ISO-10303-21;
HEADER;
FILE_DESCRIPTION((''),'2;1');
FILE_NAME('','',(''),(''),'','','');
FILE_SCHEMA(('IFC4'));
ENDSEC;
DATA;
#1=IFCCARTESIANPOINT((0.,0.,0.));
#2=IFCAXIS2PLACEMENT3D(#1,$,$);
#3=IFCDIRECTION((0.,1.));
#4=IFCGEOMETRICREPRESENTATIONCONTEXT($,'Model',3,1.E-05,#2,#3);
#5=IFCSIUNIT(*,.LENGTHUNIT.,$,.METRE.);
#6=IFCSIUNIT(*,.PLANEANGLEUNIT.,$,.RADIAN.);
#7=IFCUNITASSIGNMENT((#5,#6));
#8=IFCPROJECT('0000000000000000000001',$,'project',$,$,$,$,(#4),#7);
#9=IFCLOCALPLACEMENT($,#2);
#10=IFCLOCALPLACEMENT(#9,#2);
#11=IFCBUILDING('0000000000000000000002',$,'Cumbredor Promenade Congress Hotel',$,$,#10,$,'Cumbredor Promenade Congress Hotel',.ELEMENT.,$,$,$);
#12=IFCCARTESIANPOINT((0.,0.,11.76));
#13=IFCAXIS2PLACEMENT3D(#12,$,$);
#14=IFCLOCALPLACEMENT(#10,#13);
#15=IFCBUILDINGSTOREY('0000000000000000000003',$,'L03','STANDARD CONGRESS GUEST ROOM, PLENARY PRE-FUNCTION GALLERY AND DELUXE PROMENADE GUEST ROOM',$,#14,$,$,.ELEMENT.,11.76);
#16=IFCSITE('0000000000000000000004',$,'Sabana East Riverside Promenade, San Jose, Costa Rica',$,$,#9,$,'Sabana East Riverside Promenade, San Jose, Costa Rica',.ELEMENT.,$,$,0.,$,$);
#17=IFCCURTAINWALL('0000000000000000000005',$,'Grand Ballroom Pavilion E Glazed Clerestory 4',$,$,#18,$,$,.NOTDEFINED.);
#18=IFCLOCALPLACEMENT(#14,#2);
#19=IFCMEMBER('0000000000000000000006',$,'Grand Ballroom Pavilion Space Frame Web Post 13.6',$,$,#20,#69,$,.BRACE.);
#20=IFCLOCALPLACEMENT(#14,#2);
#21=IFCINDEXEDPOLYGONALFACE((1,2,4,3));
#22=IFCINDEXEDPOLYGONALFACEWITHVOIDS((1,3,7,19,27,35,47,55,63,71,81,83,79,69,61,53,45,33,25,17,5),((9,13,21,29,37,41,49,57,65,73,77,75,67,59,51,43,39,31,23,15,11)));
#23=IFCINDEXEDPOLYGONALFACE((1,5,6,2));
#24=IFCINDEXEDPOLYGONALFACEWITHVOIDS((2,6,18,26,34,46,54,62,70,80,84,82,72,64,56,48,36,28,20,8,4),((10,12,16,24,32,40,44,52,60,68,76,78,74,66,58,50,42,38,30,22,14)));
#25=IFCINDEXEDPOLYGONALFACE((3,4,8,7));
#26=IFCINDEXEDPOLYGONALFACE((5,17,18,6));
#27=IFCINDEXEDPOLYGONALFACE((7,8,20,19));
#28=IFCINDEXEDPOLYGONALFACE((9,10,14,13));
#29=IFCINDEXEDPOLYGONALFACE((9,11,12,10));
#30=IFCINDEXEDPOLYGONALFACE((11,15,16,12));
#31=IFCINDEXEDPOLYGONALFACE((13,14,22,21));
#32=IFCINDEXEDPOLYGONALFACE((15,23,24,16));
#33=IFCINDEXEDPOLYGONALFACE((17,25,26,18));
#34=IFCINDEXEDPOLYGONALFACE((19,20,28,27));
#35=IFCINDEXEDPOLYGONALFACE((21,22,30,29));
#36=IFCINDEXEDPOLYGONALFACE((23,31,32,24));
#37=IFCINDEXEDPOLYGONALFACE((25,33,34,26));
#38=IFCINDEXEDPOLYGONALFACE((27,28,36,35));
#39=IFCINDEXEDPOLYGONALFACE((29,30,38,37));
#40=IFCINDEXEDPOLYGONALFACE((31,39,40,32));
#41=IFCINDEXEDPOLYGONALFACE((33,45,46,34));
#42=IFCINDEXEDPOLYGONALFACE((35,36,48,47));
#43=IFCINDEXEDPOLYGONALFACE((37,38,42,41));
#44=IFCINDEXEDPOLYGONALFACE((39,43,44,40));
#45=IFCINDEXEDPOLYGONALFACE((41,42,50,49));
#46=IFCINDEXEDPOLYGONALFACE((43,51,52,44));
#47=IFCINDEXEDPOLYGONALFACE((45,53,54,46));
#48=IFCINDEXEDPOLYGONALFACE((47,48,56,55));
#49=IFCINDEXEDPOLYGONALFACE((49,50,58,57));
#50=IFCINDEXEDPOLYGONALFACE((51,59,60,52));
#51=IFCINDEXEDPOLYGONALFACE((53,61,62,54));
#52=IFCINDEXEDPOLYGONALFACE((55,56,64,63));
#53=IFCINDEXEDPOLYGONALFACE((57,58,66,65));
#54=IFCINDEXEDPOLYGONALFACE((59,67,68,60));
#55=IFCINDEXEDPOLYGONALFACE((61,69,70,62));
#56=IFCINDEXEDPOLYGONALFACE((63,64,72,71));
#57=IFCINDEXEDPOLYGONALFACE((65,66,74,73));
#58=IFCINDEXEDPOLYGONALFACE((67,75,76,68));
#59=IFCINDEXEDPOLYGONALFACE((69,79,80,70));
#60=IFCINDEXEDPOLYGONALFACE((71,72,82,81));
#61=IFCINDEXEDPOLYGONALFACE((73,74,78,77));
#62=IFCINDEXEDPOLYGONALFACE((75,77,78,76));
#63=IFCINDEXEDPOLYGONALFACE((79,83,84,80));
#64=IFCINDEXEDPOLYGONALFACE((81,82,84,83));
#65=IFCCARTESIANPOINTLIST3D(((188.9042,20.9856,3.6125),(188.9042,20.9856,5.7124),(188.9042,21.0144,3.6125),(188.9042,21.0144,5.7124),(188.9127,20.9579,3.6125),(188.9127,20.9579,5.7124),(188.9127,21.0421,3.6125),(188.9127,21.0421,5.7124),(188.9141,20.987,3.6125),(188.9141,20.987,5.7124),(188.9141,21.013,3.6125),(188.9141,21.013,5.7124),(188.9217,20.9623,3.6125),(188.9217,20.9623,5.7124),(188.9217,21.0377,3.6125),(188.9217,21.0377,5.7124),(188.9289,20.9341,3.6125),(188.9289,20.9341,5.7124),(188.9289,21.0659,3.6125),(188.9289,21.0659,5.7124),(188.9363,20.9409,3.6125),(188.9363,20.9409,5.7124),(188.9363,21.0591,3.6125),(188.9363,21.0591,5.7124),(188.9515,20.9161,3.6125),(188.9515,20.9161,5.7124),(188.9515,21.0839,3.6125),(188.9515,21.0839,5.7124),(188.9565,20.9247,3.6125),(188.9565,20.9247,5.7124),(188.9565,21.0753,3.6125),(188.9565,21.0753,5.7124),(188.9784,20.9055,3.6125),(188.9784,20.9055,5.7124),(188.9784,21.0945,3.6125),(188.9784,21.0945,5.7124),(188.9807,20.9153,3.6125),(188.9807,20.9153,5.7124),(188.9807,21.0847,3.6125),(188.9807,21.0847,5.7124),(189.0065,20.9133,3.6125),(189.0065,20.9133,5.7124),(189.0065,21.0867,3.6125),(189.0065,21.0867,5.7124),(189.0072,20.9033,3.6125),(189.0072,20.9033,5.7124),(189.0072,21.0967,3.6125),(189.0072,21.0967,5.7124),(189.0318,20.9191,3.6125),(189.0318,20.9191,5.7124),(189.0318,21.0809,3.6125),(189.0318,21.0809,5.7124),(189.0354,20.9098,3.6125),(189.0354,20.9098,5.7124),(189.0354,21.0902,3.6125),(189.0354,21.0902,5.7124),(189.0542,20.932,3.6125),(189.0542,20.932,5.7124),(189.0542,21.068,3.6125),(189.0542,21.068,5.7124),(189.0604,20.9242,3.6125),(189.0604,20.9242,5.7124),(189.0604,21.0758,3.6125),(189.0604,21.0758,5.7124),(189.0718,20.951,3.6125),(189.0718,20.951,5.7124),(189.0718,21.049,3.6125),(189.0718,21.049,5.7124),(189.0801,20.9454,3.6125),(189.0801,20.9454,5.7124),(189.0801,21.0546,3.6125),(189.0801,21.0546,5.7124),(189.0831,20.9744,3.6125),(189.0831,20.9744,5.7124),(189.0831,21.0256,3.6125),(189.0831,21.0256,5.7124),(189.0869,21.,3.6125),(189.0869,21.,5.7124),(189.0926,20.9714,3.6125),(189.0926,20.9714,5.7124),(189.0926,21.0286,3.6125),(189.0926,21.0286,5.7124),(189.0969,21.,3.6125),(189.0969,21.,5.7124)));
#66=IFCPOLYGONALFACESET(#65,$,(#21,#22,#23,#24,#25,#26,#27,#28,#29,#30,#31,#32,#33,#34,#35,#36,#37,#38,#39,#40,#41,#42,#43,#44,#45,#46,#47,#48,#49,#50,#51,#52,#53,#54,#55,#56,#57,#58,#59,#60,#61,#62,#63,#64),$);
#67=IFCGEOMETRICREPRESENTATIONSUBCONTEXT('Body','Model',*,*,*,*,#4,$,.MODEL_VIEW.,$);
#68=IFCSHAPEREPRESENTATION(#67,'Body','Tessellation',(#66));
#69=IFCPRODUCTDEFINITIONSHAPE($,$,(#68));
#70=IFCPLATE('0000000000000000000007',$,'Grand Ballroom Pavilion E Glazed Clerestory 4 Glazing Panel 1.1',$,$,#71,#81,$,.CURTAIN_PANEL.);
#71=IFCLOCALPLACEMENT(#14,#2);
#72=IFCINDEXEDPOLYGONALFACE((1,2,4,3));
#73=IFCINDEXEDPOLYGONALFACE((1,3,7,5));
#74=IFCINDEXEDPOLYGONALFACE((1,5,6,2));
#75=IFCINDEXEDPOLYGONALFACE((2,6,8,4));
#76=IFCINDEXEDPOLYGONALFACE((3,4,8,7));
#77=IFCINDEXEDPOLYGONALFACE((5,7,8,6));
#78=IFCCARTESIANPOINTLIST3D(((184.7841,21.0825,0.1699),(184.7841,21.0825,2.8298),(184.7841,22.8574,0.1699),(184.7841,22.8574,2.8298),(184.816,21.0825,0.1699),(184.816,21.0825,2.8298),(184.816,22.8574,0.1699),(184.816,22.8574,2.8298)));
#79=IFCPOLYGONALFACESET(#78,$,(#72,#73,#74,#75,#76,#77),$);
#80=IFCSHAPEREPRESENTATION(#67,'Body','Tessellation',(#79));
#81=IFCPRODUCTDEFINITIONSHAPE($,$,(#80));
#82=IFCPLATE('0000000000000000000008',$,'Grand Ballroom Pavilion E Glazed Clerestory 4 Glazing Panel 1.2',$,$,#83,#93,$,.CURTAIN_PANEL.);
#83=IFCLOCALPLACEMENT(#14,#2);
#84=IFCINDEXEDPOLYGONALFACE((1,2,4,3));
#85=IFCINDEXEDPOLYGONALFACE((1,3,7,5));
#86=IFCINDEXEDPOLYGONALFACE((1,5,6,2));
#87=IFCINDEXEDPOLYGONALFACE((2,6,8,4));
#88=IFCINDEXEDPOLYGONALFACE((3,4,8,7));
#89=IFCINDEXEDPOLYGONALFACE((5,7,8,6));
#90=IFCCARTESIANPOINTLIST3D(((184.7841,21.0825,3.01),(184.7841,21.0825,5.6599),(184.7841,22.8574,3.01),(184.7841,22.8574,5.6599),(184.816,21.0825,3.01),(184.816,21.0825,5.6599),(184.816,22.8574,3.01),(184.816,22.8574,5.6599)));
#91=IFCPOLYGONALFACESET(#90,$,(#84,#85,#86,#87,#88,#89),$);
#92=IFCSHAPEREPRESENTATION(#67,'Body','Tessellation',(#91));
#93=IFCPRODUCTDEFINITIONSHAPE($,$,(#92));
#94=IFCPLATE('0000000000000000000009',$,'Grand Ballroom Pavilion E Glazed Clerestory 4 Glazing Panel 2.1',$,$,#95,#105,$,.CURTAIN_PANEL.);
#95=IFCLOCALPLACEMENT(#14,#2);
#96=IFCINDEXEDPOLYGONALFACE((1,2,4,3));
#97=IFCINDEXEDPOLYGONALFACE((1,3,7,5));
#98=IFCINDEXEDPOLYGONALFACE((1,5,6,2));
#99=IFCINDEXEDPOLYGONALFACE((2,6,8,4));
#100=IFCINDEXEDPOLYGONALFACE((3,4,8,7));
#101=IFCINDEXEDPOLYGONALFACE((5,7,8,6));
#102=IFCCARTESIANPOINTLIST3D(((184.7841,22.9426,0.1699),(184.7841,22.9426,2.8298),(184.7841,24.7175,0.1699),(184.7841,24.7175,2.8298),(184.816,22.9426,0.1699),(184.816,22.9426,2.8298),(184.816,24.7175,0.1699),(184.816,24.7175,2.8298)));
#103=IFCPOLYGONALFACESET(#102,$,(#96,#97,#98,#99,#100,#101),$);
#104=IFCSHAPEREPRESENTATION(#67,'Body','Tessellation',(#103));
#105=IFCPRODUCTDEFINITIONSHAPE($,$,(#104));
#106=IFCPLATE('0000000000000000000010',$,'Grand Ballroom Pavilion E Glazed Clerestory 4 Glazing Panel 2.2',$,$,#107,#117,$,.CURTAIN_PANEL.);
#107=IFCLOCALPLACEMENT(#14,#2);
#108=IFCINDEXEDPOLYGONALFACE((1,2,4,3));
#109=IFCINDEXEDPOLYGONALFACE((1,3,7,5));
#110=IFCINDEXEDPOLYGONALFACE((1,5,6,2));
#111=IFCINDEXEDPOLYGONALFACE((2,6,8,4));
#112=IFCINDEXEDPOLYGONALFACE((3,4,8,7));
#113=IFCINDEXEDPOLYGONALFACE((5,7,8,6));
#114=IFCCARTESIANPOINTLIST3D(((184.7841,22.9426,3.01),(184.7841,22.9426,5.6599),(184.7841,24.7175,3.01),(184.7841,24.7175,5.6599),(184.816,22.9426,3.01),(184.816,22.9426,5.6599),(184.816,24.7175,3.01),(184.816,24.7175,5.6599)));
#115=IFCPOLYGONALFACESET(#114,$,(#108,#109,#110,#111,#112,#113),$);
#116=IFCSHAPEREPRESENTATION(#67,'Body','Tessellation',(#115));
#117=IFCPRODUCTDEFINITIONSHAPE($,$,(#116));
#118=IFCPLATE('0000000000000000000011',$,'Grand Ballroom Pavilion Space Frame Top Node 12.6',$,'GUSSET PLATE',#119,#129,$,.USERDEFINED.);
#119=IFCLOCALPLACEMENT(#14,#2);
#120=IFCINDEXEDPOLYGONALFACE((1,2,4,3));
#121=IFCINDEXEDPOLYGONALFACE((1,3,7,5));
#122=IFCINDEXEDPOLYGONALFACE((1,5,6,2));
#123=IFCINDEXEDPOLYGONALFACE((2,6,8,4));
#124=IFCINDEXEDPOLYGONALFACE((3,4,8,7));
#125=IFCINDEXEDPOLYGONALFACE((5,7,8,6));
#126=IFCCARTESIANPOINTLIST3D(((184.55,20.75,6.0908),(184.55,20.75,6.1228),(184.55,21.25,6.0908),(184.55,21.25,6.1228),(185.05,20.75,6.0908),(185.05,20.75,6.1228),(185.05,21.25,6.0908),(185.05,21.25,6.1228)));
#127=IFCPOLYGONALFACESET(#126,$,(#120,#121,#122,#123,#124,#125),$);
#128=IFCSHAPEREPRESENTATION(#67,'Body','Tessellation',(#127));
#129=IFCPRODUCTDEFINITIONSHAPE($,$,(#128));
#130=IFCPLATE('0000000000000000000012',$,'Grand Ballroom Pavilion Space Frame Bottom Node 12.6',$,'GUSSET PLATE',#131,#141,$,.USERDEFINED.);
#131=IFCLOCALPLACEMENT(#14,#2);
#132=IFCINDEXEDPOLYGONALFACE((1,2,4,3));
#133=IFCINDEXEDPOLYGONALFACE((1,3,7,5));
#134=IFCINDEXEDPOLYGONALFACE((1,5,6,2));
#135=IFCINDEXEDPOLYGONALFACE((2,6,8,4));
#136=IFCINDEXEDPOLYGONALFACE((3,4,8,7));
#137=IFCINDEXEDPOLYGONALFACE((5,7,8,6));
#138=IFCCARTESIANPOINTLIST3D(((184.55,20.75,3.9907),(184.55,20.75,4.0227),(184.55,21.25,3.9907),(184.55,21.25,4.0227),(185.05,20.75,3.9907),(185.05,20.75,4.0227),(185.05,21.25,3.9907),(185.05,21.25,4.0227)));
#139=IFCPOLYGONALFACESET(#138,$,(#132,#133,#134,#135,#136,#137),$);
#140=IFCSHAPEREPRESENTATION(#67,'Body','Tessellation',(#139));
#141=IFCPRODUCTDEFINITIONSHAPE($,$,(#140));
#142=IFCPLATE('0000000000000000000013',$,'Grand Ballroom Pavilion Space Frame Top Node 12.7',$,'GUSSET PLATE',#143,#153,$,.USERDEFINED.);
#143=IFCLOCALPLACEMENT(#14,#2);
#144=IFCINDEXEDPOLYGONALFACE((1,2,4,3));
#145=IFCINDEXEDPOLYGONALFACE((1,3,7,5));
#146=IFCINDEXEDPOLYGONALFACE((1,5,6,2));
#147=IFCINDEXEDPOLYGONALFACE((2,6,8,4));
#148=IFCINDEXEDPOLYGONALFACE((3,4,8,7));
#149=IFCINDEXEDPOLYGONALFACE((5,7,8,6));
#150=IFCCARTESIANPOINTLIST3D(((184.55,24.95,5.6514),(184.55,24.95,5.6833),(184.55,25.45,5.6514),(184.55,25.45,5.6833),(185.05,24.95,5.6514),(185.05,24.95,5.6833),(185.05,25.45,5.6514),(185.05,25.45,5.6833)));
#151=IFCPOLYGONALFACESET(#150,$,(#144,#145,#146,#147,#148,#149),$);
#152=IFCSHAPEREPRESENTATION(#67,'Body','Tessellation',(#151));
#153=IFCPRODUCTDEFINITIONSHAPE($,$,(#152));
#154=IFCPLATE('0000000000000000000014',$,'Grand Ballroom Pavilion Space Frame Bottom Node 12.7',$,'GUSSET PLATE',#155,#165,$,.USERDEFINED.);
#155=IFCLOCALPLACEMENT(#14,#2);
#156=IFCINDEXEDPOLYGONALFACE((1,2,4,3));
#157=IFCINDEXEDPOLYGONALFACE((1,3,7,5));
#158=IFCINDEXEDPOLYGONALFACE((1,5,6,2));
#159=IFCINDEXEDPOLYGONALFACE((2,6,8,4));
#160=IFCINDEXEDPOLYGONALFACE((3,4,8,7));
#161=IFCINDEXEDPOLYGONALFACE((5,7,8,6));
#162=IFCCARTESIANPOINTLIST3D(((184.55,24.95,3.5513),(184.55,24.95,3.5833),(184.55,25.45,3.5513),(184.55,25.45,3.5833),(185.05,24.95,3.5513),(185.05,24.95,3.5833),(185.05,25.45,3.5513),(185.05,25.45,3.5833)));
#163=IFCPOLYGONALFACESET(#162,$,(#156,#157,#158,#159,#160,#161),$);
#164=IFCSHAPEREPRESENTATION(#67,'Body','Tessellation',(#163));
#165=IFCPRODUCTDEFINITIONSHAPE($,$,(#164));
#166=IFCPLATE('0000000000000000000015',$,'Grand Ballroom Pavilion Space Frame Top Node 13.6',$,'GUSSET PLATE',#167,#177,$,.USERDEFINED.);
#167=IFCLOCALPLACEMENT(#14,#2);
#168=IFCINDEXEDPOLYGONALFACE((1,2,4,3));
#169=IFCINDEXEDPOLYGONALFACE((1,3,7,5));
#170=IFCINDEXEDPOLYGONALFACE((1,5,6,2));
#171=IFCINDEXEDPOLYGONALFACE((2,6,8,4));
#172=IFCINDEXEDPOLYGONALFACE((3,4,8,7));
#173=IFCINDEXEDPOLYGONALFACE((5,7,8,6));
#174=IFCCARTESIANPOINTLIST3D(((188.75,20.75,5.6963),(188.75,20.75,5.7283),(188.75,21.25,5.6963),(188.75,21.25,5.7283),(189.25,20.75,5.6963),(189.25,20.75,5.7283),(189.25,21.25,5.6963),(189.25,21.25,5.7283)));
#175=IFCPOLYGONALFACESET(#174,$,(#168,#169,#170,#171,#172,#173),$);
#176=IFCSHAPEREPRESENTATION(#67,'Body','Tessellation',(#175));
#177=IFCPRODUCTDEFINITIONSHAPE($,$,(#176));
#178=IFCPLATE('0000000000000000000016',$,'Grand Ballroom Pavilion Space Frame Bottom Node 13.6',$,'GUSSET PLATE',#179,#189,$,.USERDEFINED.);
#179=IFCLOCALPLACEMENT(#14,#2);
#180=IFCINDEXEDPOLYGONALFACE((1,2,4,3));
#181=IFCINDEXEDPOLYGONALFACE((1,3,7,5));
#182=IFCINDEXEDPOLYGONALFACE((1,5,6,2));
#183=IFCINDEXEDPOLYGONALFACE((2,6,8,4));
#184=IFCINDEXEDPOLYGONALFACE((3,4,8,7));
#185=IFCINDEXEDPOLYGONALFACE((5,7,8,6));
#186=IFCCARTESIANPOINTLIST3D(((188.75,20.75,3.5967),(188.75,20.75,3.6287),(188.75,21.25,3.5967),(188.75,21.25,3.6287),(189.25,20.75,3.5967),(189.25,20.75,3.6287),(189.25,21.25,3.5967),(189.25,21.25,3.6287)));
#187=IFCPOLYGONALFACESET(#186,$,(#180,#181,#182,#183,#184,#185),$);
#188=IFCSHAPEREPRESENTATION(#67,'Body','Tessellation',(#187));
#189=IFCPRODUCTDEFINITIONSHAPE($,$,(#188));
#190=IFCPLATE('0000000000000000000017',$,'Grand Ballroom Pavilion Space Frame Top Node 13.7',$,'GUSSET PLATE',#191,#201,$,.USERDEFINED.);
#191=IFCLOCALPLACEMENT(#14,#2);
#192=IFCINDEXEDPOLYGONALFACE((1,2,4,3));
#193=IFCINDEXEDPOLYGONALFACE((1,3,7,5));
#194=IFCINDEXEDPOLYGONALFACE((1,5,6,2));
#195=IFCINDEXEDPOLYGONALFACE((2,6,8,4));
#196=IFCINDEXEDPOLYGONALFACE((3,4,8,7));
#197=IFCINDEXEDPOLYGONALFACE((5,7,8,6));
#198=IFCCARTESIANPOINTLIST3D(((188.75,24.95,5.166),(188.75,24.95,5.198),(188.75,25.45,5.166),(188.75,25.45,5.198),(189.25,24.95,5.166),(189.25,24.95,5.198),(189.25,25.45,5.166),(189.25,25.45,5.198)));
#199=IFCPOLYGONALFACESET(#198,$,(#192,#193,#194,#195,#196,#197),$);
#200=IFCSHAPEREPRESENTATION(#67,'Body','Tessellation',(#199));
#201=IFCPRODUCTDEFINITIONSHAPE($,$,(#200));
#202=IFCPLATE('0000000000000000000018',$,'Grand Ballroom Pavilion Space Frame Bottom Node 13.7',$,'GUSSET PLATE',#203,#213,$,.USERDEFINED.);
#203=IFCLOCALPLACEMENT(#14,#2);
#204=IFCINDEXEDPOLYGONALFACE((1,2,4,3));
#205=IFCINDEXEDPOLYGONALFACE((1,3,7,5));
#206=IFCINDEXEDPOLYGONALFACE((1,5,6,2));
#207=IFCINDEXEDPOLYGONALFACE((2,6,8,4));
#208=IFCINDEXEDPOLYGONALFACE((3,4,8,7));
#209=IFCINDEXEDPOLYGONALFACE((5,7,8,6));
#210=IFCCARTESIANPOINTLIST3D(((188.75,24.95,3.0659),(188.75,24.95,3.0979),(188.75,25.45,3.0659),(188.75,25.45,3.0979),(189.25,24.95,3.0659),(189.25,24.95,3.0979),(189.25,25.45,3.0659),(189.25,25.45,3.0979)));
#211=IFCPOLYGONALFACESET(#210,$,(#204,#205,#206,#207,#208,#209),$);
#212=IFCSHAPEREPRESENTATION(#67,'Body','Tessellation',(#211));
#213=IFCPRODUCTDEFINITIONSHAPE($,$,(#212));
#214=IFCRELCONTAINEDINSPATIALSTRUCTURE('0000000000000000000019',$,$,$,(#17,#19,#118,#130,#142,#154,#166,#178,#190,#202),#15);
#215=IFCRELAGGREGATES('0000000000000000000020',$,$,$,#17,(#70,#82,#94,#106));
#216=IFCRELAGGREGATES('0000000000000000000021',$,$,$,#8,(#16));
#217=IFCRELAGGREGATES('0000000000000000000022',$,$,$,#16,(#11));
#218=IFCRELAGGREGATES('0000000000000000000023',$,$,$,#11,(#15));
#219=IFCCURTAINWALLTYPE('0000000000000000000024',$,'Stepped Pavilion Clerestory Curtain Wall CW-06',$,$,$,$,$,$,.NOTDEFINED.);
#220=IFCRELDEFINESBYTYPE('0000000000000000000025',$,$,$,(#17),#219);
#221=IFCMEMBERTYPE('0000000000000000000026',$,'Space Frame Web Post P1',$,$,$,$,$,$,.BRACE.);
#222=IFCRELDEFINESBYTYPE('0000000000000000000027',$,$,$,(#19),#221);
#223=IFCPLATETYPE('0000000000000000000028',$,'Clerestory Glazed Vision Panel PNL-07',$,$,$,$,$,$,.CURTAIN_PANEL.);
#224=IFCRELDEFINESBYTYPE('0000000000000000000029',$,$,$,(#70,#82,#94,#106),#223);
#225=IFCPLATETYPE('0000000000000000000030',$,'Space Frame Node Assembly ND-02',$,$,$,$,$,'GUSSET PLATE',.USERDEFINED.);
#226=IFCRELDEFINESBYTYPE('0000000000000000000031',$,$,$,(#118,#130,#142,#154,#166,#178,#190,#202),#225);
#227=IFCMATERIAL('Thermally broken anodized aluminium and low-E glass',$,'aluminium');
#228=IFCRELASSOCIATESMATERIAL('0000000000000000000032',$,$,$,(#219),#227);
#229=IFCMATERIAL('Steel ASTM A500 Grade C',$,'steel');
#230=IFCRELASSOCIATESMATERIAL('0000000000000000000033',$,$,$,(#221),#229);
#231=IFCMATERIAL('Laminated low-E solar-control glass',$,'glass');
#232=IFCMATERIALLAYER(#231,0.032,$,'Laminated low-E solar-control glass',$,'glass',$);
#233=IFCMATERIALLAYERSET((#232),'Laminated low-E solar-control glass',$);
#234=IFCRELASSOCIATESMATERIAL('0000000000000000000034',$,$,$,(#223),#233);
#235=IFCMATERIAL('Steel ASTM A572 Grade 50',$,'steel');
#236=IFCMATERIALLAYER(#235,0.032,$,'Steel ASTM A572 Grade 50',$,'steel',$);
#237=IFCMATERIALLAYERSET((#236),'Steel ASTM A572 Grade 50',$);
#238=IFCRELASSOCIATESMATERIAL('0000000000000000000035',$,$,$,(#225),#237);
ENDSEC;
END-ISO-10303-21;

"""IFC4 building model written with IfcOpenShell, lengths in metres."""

from ifc_helpers import new_model, si_unit, direction, frame, origin, origin_2d, place, context, subcontext, project, spatial, rectangle, hollow_circle, extrude, material, layer, layer_set, material_profile, profile_set, type_object, element, aggregate, save


model = new_model("IFC4")

# Units and contexts
model_context = context("Model", 3, precision=1e-05, world=origin(), true_north=direction((0.0, 1.0)))
body_context = subcontext(model_context, "Body", "Model", "MODEL_VIEW")
ifc_project = project(units=[si_unit("LENGTHUNIT", "METRE"), si_unit("PLANEANGLEUNIT", "RADIAN")], contexts=[model_context])

# Site, building, storey
site_placement = place(None, origin())
site = spatial("IfcSite", under=ifc_project, at=site_placement, Name="Sabana East Riverside Promenade, San Jose, Costa Rica", LongName="Sabana East Riverside Promenade, San Jose, Costa Rica", CompositionType="ELEMENT", RefElevation=0.0)
building_placement = place(site_placement, origin())
building = spatial("IfcBuilding", under=site, at=building_placement, Name="Cumbredor Promenade Congress Hotel", LongName="Cumbredor Promenade Congress Hotel", CompositionType="ELEMENT")
storey_placement = place(building_placement, frame((0.0, 0.0, 11.76)))
storey = spatial("IfcBuildingStorey", under=building, at=storey_placement, Name="L03", Description="STANDARD CONGRESS GUEST ROOM, PLENARY PRE-FUNCTION GALLERY AND DELUXE PROMENADE GUEST ROOM", CompositionType="ELEMENT", Elevation=11.76)

# Shared definitions
ifc_material_1 = material(Name="Steel ASTM A500 Grade C", Category="steel")

# Curtain wall
ifc_material_2 = material(Name="Thermally broken anodized aluminium and low-E glass", Category="aluminium")
curtain_wall_type = type_object("IfcCurtainWallType", Name="Stepped Pavilion Clerestory Curtain Wall CW-06", PredefinedType="NOTDEFINED", material=ifc_material_2)
curtain_wall_placement = place(storey_placement, origin())
curtain_wall = element("IfcCurtainWall", 1, at=curtain_wall_placement, inside=storey, type_object=curtain_wall_type, Name="Grand Ballroom Pavilion E Glazed Clerestory 4", PredefinedType="NOTDEFINED")

# Member
ifc_material_profile_1 = material_profile(ifc_material_1, hollow_circle(Radius=0.0969, WallThickness=0.01, at=origin_2d()), Name="CHS 193.7x10")
ifc_profile_set_1 = profile_set([ifc_material_profile_1], Name="Steel ASTM A500 Grade C")
member_type_1 = type_object("IfcMemberType", Name="Space Frame Web Post P1", PredefinedType="BRACE", material=ifc_profile_set_1)
member_1_placement = place(storey_placement, frame((189.0, 21.0, 3.6125), z_axis=(0.0, 0.0, 1.0), x_axis=(1.0, 0.0, 0.0)))
element("IfcMember", 2, at=member_1_placement, inside=storey, type_object=member_type_1, Name="Grand Ballroom Pavilion Space Frame Web Post 13.6", PredefinedType="BRACE", context=body_context, shape_type="SweptSolid", body=[
    extrude(hollow_circle(Radius=0.0969, WallThickness=0.01, at=origin_2d()), origin(), (0.0, 0.0, 1.0), 2.0999),
])

# Plates
ifc_material_3 = material(Name="Laminated low-E solar-control glass", Category="glass")
ifc_layer_1 = layer(ifc_material_3, 0.032, Name="Laminated low-E solar-control glass", Category="glass")
ifc_layer_set_1 = layer_set([ifc_layer_1], Name="Laminated low-E solar-control glass")
plate_type_1 = type_object("IfcPlateType", Name="Clerestory Glazed Vision Panel PNL-07", PredefinedType="CURTAIN_PANEL", material=ifc_layer_set_1)
plate_1_placement = place(storey_placement, frame((184.8, 21.97, 0.1699), z_axis=(0.0, 0.0, 1.0), x_axis=(0.0, 1.0, 0.0)))
plate_1 = element("IfcPlate", 3, at=plate_1_placement, type_object=plate_type_1, Name="Grand Ballroom Pavilion E Glazed Clerestory 4 Glazing Panel 1.1", PredefinedType="CURTAIN_PANEL", context=body_context, shape_type="SweptSolid", body=[
    extrude(rectangle(XDim=1.7749, YDim=0.032, at=origin_2d()), origin(), (0.0, 0.0, 1.0), 2.6599),
])
plate_2_placement = place(storey_placement, frame((184.8, 21.97, 3.01), z_axis=(0.0, 0.0, 1.0), x_axis=(0.0, 1.0, 0.0)))
plate_2 = element("IfcPlate", 4, at=plate_2_placement, type_object=plate_type_1, Name="Grand Ballroom Pavilion E Glazed Clerestory 4 Glazing Panel 1.2", PredefinedType="CURTAIN_PANEL", context=body_context, shape_type="SweptSolid", body=[
    extrude(rectangle(XDim=1.7749, YDim=0.032, at=origin_2d()), origin(), (0.0, 0.0, 1.0), 2.6499),
])
plate_3_placement = place(storey_placement, frame((184.8, 23.8301, 0.1699), z_axis=(0.0, 0.0, 1.0), x_axis=(0.0, 1.0, 0.0)))
plate_3 = element("IfcPlate", 5, at=plate_3_placement, type_object=plate_type_1, Name="Grand Ballroom Pavilion E Glazed Clerestory 4 Glazing Panel 2.1", PredefinedType="CURTAIN_PANEL", context=body_context, shape_type="SweptSolid", body=[
    extrude(rectangle(XDim=1.7749, YDim=0.032, at=origin_2d()), origin(), (0.0, 0.0, 1.0), 2.6599),
])
plate_4_placement = place(storey_placement, frame((184.8, 23.8301, 3.01), z_axis=(0.0, 0.0, 1.0), x_axis=(0.0, 1.0, 0.0)))
plate_4 = element("IfcPlate", 6, at=plate_4_placement, type_object=plate_type_1, Name="Grand Ballroom Pavilion E Glazed Clerestory 4 Glazing Panel 2.2", PredefinedType="CURTAIN_PANEL", context=body_context, shape_type="SweptSolid", body=[
    extrude(rectangle(XDim=1.7749, YDim=0.032, at=origin_2d()), origin(), (0.0, 0.0, 1.0), 2.6499),
])
aggregate(curtain_wall, [plate_1, plate_2, plate_3, plate_4])

# Plates
ifc_material_4 = material(Name="Steel ASTM A572 Grade 50", Category="steel")
ifc_layer_2 = layer(ifc_material_4, 0.032, Name="Steel ASTM A572 Grade 50", Category="steel")
ifc_layer_set_2 = layer_set([ifc_layer_2], Name="Steel ASTM A572 Grade 50")
plate_type_2 = type_object("IfcPlateType", Name="Space Frame Node Assembly ND-02", ElementType="GUSSET PLATE", PredefinedType="USERDEFINED", material=ifc_layer_set_2)
for number, where, z_axis, x_axis, name in (
    (7, (184.8, 21.0, 6.0908), (0.0, 0.0, 1.0), (1.0, 0.0, 0.0), "Grand Ballroom Pavilion Space Frame Top Node 12.6"),
    (8, (184.8, 21.0, 3.9907), (0.0, 0.0, 1.0), (1.0, 0.0, 0.0), "Grand Ballroom Pavilion Space Frame Bottom Node 12.6"),
    (9, (184.8, 25.2, 5.6514), (0.0, 0.0, 1.0), (1.0, 0.0, 0.0), "Grand Ballroom Pavilion Space Frame Top Node 12.7"),
    (10, (184.8, 25.2, 3.5513), (0.0, 0.0, 1.0), (1.0, 0.0, 0.0), "Grand Ballroom Pavilion Space Frame Bottom Node 12.7"),
    (11, (189.0, 21.0, 5.6963), (0.0, 0.0, 1.0), (1.0, 0.0, 0.0), "Grand Ballroom Pavilion Space Frame Top Node 13.6"),
    (12, (189.0, 21.0, 3.5967), (0.0, 0.0, 1.0), (1.0, 0.0, 0.0), "Grand Ballroom Pavilion Space Frame Bottom Node 13.6"),
    (13, (189.0, 25.2, 5.166), (0.0, 0.0, 1.0), (1.0, 0.0, 0.0), "Grand Ballroom Pavilion Space Frame Top Node 13.7"),
    (14, (189.0, 25.2, 3.0659), (0.0, 0.0, 1.0), (1.0, 0.0, 0.0), "Grand Ballroom Pavilion Space Frame Bottom Node 13.7"),
):
    element("IfcPlate", number, at=place(storey_placement, frame(where, z_axis=z_axis, x_axis=x_axis)), inside=storey, type_object=plate_type_2, Name=name, ObjectType="GUSSET PLATE", PredefinedType="USERDEFINED", context=body_context, shape_type="SweptSolid", body=[
        extrude(rectangle(XDim=0.5, YDim=0.5, at=origin_2d()), origin(), (0.0, 0.0, 1.0), 0.032),
    ])

save(model, "model.ifc")
